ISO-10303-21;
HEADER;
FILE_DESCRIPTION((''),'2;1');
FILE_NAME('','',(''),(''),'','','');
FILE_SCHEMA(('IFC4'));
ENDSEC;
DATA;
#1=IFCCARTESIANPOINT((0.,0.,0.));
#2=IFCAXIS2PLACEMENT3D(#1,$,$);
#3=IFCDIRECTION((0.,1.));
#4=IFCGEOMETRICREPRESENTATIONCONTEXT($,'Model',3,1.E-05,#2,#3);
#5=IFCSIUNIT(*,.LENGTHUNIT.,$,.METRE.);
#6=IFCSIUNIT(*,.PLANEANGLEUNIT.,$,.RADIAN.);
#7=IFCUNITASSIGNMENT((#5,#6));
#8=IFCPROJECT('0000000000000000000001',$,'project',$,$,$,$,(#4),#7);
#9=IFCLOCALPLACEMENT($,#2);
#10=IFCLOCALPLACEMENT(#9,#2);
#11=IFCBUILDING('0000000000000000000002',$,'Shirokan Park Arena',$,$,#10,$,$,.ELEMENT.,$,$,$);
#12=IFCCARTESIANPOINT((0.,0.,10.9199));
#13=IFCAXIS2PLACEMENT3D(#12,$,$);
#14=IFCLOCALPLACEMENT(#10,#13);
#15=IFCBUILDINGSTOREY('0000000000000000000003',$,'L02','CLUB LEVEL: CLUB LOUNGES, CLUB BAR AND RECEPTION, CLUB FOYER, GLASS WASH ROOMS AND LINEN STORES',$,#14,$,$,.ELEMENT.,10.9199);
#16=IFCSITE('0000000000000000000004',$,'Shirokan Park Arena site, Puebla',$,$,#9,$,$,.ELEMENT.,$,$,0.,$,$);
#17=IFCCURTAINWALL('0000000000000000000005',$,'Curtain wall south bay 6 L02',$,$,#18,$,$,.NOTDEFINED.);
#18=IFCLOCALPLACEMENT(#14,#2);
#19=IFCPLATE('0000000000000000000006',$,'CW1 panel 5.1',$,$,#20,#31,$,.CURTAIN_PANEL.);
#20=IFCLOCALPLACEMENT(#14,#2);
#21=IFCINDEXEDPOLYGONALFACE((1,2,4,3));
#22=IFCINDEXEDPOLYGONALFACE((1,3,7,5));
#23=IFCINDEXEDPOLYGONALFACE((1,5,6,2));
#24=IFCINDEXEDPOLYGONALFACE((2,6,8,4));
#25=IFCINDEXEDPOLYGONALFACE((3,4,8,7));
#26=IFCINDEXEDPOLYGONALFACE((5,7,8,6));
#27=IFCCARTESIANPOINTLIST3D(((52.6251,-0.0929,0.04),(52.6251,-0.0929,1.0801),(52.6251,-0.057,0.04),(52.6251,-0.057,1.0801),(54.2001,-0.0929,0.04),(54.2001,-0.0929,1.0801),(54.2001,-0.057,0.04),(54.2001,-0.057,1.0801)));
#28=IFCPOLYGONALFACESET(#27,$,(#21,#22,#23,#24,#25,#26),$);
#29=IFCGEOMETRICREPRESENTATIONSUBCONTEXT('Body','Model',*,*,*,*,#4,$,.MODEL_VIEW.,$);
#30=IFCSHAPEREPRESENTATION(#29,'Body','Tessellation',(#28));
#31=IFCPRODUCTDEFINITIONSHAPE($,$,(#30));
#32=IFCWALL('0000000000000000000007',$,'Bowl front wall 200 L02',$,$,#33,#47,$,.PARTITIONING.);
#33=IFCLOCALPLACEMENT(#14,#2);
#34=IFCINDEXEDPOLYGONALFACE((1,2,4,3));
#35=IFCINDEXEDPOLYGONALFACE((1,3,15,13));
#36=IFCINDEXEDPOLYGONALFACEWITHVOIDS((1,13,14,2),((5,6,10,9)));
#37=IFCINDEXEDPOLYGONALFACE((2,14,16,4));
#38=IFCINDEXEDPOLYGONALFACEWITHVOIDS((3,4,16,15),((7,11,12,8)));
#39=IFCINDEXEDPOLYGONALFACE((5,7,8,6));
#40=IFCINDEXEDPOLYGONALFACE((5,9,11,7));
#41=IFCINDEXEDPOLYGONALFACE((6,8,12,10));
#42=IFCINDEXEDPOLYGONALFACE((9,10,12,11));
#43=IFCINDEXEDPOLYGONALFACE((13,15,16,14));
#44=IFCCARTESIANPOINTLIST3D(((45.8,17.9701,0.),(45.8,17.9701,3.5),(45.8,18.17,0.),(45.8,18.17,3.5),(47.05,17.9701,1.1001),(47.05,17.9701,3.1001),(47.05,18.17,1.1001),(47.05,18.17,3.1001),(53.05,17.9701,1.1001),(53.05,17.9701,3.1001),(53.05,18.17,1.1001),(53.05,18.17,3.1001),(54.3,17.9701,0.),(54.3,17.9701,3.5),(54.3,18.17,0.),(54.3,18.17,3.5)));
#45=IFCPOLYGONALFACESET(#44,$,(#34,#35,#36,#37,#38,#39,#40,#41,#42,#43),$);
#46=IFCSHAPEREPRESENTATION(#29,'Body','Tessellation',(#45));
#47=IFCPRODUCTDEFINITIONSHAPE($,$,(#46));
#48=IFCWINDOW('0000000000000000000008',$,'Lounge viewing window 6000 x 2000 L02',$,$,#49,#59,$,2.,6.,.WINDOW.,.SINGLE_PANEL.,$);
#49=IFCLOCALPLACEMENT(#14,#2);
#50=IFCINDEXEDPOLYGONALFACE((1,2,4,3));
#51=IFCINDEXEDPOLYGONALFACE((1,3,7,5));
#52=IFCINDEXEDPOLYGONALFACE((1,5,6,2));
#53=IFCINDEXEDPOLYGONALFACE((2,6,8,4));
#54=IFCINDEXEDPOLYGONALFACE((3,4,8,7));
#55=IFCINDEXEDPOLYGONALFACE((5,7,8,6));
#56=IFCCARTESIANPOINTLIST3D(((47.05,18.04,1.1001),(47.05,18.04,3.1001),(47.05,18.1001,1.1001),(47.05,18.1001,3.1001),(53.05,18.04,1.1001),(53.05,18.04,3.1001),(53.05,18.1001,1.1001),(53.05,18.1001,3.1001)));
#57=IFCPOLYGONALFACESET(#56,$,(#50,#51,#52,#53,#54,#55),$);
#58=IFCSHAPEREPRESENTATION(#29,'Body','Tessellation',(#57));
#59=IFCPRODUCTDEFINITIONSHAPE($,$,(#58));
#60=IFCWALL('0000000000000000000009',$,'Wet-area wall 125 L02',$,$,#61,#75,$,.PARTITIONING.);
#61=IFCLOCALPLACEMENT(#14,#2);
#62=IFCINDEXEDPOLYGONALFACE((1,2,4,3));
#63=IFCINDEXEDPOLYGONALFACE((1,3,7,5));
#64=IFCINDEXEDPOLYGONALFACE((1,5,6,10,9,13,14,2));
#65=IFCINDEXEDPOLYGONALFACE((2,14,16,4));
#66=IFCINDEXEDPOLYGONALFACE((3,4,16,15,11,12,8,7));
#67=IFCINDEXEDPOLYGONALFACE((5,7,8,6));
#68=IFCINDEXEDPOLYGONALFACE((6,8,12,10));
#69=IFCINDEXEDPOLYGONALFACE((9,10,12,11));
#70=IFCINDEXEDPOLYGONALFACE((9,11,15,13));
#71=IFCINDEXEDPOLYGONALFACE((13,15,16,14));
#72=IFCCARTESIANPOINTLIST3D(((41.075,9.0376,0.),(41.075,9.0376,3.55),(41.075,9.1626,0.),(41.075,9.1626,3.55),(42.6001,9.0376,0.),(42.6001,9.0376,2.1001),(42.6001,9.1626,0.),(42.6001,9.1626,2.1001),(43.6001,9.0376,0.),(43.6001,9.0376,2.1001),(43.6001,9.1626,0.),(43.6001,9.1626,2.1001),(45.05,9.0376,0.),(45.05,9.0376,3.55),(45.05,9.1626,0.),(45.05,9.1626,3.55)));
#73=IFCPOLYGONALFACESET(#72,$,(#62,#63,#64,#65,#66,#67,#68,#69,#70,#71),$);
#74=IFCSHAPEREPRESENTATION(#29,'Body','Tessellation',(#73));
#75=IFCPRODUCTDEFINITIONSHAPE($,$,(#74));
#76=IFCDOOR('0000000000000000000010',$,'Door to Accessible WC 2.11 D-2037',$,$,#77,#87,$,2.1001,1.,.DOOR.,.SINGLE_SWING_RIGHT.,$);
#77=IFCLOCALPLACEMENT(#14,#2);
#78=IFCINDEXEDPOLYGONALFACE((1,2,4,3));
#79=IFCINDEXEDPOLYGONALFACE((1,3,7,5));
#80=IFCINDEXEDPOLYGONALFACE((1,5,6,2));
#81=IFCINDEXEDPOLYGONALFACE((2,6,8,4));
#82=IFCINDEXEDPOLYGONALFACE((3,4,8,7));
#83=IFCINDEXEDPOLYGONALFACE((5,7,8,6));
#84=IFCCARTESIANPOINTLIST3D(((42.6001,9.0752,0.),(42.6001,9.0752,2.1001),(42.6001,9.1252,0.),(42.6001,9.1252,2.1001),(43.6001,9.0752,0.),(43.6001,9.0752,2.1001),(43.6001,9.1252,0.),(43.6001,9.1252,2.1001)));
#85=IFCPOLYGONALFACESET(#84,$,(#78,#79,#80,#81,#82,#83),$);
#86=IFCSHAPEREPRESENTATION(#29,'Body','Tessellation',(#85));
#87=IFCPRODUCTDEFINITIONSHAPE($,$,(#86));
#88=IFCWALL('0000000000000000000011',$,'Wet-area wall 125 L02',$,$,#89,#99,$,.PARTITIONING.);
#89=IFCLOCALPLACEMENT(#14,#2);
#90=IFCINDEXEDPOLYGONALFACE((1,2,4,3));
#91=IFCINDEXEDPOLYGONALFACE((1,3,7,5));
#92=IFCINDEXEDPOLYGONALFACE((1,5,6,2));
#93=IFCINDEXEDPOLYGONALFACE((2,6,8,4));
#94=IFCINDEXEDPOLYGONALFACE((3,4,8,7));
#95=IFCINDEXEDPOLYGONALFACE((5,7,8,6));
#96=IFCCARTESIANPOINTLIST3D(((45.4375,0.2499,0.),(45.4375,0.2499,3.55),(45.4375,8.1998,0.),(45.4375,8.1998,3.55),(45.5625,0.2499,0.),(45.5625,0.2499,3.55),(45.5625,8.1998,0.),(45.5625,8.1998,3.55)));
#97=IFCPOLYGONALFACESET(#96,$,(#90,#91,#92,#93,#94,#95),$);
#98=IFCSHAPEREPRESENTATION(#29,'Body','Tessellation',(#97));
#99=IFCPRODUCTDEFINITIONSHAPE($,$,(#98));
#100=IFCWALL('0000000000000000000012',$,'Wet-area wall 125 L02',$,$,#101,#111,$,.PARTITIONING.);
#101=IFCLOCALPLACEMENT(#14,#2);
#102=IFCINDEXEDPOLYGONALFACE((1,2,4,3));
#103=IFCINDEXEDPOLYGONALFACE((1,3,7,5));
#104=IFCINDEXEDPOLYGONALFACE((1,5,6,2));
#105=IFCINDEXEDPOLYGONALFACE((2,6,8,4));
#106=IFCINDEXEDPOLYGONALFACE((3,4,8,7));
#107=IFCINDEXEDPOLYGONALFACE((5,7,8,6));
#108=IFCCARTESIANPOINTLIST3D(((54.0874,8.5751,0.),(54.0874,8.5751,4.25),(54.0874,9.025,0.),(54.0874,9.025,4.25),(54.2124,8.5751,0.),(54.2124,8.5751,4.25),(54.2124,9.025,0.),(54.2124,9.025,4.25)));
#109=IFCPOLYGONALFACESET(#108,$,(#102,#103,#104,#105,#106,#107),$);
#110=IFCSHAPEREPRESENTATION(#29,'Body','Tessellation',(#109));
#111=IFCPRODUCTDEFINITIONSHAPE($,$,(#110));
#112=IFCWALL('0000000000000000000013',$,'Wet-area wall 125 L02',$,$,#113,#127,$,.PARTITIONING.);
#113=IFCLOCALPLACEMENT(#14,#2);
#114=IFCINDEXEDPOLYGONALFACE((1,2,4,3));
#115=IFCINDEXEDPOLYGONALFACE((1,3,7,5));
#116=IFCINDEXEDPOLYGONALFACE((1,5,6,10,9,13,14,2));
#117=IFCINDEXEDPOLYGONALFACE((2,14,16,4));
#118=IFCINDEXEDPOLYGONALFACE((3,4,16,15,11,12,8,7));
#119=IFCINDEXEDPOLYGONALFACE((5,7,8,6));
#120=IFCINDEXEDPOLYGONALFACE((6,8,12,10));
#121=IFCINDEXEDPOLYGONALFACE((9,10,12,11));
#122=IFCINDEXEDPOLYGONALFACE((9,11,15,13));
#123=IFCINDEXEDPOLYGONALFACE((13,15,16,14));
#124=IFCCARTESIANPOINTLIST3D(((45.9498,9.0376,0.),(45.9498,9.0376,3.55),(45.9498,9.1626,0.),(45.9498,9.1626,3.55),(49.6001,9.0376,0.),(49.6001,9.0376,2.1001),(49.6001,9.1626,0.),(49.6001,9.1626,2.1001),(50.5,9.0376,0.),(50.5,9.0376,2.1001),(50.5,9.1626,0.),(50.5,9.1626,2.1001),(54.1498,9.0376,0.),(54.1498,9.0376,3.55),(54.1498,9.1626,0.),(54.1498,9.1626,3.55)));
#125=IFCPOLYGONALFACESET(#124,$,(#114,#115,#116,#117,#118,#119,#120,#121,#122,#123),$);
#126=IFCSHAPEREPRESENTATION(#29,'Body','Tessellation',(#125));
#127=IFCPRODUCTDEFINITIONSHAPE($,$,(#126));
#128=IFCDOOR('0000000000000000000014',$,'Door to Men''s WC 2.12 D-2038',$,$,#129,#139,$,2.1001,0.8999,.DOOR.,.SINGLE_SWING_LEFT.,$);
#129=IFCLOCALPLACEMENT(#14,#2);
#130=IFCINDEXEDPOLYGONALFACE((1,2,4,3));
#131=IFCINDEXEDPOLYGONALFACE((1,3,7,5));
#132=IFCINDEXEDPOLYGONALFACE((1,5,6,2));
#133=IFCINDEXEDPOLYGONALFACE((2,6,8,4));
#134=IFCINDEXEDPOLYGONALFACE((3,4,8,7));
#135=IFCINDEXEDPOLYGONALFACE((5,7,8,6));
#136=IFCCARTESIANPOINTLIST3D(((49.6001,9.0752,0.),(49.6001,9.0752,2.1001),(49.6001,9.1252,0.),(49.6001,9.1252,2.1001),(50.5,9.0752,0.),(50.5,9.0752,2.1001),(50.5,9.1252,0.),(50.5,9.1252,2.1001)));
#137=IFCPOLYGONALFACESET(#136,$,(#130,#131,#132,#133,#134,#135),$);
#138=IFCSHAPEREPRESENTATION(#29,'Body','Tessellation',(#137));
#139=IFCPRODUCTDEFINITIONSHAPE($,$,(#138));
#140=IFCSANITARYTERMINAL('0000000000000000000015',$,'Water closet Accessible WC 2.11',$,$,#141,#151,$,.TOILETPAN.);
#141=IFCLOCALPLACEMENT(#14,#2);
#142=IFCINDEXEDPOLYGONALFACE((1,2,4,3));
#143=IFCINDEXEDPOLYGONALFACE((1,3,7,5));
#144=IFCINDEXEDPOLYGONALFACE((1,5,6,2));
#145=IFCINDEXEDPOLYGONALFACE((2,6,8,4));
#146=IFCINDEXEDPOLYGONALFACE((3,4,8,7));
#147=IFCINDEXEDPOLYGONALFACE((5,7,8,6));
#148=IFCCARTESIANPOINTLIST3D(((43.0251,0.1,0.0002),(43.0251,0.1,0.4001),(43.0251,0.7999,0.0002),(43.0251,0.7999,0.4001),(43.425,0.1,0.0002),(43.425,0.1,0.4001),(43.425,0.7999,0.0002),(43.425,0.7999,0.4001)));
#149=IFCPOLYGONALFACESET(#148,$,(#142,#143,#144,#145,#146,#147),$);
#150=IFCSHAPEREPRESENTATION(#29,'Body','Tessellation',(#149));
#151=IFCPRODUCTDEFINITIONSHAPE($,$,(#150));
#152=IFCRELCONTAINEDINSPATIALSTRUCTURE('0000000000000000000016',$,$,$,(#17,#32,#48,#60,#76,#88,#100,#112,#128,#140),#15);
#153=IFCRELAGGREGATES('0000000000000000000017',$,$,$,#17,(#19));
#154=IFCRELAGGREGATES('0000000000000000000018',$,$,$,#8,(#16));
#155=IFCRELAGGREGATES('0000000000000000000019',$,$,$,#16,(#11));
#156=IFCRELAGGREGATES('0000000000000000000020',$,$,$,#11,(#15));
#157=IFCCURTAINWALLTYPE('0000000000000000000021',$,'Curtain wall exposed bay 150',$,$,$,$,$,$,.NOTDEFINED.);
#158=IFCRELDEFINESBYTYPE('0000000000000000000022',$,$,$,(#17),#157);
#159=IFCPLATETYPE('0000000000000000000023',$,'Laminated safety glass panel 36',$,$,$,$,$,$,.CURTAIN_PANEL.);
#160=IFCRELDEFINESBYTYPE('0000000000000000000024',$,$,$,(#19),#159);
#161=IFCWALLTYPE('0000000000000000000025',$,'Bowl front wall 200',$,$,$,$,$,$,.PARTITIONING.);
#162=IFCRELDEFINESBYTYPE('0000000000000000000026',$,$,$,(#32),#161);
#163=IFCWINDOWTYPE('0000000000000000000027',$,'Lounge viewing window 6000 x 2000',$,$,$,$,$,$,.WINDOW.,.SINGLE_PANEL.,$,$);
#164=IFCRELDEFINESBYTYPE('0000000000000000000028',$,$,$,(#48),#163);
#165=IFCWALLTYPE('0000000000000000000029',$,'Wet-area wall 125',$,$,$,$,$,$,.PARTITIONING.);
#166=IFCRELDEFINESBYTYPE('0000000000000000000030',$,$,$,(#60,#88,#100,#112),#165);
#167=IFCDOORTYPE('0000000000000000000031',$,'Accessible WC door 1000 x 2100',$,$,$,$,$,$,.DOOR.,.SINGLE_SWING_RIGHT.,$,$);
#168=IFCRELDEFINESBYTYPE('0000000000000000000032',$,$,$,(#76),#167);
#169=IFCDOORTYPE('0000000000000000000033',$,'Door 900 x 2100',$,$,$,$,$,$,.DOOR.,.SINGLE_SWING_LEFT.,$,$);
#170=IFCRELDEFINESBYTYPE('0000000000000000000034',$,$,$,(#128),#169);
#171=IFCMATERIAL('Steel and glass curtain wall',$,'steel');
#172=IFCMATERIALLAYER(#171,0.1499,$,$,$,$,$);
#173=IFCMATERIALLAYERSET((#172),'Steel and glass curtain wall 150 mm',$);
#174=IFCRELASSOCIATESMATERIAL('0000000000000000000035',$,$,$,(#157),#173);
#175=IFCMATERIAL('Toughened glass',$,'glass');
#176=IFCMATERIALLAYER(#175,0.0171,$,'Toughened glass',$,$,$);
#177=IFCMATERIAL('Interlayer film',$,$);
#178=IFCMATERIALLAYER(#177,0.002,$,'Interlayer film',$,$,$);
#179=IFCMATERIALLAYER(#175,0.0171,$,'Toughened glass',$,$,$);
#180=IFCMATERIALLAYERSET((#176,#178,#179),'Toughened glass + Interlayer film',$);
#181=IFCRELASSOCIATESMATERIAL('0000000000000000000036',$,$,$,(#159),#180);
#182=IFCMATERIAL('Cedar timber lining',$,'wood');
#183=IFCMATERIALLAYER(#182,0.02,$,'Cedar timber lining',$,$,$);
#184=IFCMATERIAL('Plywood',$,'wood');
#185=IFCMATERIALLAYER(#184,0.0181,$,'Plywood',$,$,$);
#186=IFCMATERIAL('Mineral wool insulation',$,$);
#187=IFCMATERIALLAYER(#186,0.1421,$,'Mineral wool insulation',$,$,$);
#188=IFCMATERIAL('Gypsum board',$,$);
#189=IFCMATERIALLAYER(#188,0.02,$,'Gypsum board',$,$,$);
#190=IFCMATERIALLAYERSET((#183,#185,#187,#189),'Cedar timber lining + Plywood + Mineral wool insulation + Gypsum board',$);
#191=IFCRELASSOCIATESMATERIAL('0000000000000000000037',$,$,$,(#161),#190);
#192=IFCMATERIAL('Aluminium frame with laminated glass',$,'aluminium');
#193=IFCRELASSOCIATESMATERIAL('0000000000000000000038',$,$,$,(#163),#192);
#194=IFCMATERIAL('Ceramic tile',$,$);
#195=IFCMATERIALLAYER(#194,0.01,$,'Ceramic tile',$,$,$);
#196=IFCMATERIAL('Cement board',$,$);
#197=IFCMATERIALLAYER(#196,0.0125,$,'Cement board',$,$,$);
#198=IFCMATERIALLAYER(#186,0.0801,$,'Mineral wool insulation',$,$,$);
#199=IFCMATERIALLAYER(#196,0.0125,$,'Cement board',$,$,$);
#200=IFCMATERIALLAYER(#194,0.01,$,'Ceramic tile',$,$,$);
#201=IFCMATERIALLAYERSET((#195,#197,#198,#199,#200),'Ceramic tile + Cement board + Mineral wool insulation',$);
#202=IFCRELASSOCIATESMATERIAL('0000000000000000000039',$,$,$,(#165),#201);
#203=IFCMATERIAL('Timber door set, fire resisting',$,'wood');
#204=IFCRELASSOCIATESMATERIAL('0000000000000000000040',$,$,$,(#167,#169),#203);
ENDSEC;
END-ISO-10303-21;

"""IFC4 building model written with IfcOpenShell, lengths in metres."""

from ifc_helpers import new_model, si_unit, direction, frame, frame_2d, origin, origin_2d, place, context, subcontext, project, spatial, rectangle, extrude, material, layer, layer_set, type_object, element, fill, aggregate, save


model = new_model("IFC4")

# Units and contexts
model_context = context("Model", 3, precision=1e-05, world=origin(), true_north=direction((0.0, 1.0)))
body_context = subcontext(model_context, "Body", "Model", "MODEL_VIEW")
ifc_project = project(units=[si_unit("LENGTHUNIT", "METRE"), si_unit("PLANEANGLEUNIT", "RADIAN")], contexts=[model_context])

# Site, building, storey
site_placement = place(None, origin())
site = spatial("IfcSite", under=ifc_project, at=site_placement, Name="Shirokan Park Arena site, Puebla", CompositionType="ELEMENT", RefElevation=0.0)
building_placement = place(site_placement, origin())
building = spatial("IfcBuilding", under=site, at=building_placement, Name="Shirokan Park Arena", CompositionType="ELEMENT")
storey_placement = place(building_placement, frame((0.0, 0.0, 10.9199)))
storey = spatial("IfcBuildingStorey", under=building, at=storey_placement, Name="L02", Description="CLUB LEVEL: CLUB LOUNGES, CLUB BAR AND RECEPTION, CLUB FOYER, GLASS WASH ROOMS AND LINEN STORES", CompositionType="ELEMENT", Elevation=10.9199)

# Curtain wall
ifc_material_1 = material(Name="Steel and glass curtain wall", Category="steel")
ifc_layer_1 = layer(ifc_material_1, 0.1499)
ifc_layer_set_1 = layer_set([ifc_layer_1], Name="Steel and glass curtain wall 150 mm")
curtain_wall_type = type_object("IfcCurtainWallType", Name="Curtain wall exposed bay 150", PredefinedType="NOTDEFINED", material=ifc_layer_set_1)
curtain_wall_placement = place(storey_placement, origin())
curtain_wall = element("IfcCurtainWall", 1, at=curtain_wall_placement, inside=storey, type_object=curtain_wall_type, Name="Curtain wall south bay 6 L02", PredefinedType="NOTDEFINED")

# Plate
ifc_material_2 = material(Name="Mineral wool insulation")
ifc_material_3 = material(Name="Toughened glass", Category="glass")
ifc_material_4 = material(Name="Interlayer film")
ifc_layer_2 = layer(ifc_material_3, 0.0171, Name="Toughened glass")
ifc_layer_3 = layer(ifc_material_4, 0.002, Name="Interlayer film")
ifc_layer_4 = layer(ifc_material_3, 0.0171, Name="Toughened glass")
ifc_layer_set_2 = layer_set([ifc_layer_2, ifc_layer_3, ifc_layer_4], Name="Toughened glass + Interlayer film")
plate_type_1 = type_object("IfcPlateType", Name="Laminated safety glass panel 36", PredefinedType="CURTAIN_PANEL", material=ifc_layer_set_2)
plate_1_placement = place(storey_placement, frame((53.4126, -0.075, 0.04), z_axis=(0.0, 0.0, 1.0), x_axis=(1.0, 0.0, 0.0)))
plate_1 = element("IfcPlate", 2, at=plate_1_placement, type_object=plate_type_1, Name="CW1 panel 5.1", PredefinedType="CURTAIN_PANEL", context=body_context, shape_type="SweptSolid", body=[
    extrude(rectangle(XDim=1.575, YDim=0.0359, at=origin_2d()), origin(), (0.0, 0.0, 1.0), 1.04),
])
aggregate(curtain_wall, [plate_1])

# Wall, opening, window
ifc_material_5 = material(Name="Cedar timber lining", Category="wood")
ifc_layer_5 = layer(ifc_material_5, 0.02, Name="Cedar timber lining")
ifc_material_6 = material(Name="Plywood", Category="wood")
ifc_layer_6 = layer(ifc_material_6, 0.0181, Name="Plywood")
ifc_layer_7 = layer(ifc_material_2, 0.1421, Name="Mineral wool insulation")
ifc_material_7 = material(Name="Gypsum board")
ifc_layer_8 = layer(ifc_material_7, 0.02, Name="Gypsum board")
ifc_layer_set_3 = layer_set([ifc_layer_5, ifc_layer_6, ifc_layer_7, ifc_layer_8], Name="Cedar timber lining + Plywood + Mineral wool insulation + Gypsum board")
wall_type_1 = type_object("IfcWallType", Name="Bowl front wall 200", PredefinedType="PARTITIONING", material=ifc_layer_set_3)
wall_1_placement = place(storey_placement, frame((45.8, 18.0701, 0.0), z_axis=(0.0, 0.0, 1.0), x_axis=(1.0, 0.0, 0.0)))
wall_1 = element("IfcWall", 3, at=wall_1_placement, inside=storey, type_object=wall_type_1, Name="Bowl front wall 200 L02", PredefinedType="PARTITIONING", context=body_context, shape_type="SweptSolid", body=[
    extrude(rectangle(XDim=8.5, YDim=0.2, at=frame_2d((4.25, 0.0))), origin(), (0.0, 0.0, 1.0), 3.5),
])
opening_1_placement = place(wall_1_placement, frame((1.25, 0.0, 1.1001)))
opening_1 = element("IfcOpeningElement", 4, at=opening_1_placement, cuts=wall_1, PredefinedType="OPENING", context=body_context, shape_type="SweptSolid", body=[
    extrude(rectangle(XDim=6.0, YDim=2.0, at=frame_2d((3.0, 1.0))), frame((0.0, 0.1099, 0.0), z_axis=(0.0, -1.0, 0.0), x_axis=(1.0, 0.0, 0.0)), (0.0, 0.0, 1.0), 0.22),
])
ifc_material_8 = material(Name="Aluminium frame with laminated glass", Category="aluminium")
window_type = type_object("IfcWindowType", Name="Lounge viewing window 6000 x 2000", PartitioningType="SINGLE_PANEL", PredefinedType="WINDOW", material=ifc_material_8)
window_placement = place(opening_1_placement, origin())
window = element("IfcWindow", 5, at=window_placement, inside=storey, type_object=window_type, Name="Lounge viewing window 6000 x 2000 L02", OverallHeight=2.0, OverallWidth=6.0, PartitioningType="SINGLE_PANEL", PredefinedType="WINDOW", context=body_context, shape_type="SweptSolid", body=[
    extrude(rectangle(XDim=6.0, YDim=2.0, at=frame_2d((3.0, 1.0))), frame((0.0, 0.03, 0.0), z_axis=(0.0, -1.0, 0.0), x_axis=(1.0, 0.0, 0.0)), (0.0, 0.0, 1.0), 0.0601),
])
fill(opening_1, window)

# Wall, opening, door
ifc_material_9 = material(Name="Ceramic tile")
ifc_layer_9 = layer(ifc_material_9, 0.01, Name="Ceramic tile")
ifc_material_10 = material(Name="Cement board")
ifc_layer_10 = layer(ifc_material_10, 0.0125, Name="Cement board")
ifc_layer_11 = layer(ifc_material_2, 0.0801, Name="Mineral wool insulation")
ifc_layer_12 = layer(ifc_material_10, 0.0125, Name="Cement board")
ifc_layer_13 = layer(ifc_material_9, 0.01, Name="Ceramic tile")
ifc_layer_set_4 = layer_set([ifc_layer_9, ifc_layer_10, ifc_layer_11, ifc_layer_12, ifc_layer_13], Name="Ceramic tile + Cement board + Mineral wool insulation")
wall_type_2 = type_object("IfcWallType", Name="Wet-area wall 125", PredefinedType="PARTITIONING", material=ifc_layer_set_4)
wall_2_placement = place(storey_placement, frame((45.05, 9.1001, 0.0), z_axis=(0.0, 0.0, 1.0), x_axis=(-1.0, 0.0, 0.0)))
wall_2 = element("IfcWall", 6, at=wall_2_placement, inside=storey, type_object=wall_type_2, Name="Wet-area wall 125 L02", PredefinedType="PARTITIONING", context=body_context, shape_type="SweptSolid", body=[
    extrude(rectangle(XDim=3.9751, YDim=0.125, at=frame_2d((1.9875, 0.0))), origin(), (0.0, 0.0, 1.0), 3.55),
])
opening_2_placement = place(wall_2_placement, frame((1.45, 0.0, 0.0)))
opening_2 = element("IfcOpeningElement", 7, at=opening_2_placement, cuts=wall_2, PredefinedType="OPENING", context=body_context, shape_type="SweptSolid", body=[
    extrude(rectangle(XDim=1.0, YDim=2.1001, at=frame_2d((0.5, 1.05))), frame((0.0, 0.0725, 0.0), z_axis=(0.0, -1.0, 0.0), x_axis=(1.0, 0.0, 0.0)), (0.0, 0.0, 1.0), 0.145),
])
ifc_material_11 = material(Name="Timber door set, fire resisting", Category="wood")
door_type_1 = type_object("IfcDoorType", Name="Accessible WC door 1000 x 2100", OperationType="SINGLE_SWING_RIGHT", PredefinedType="DOOR", material=ifc_material_11)
door_1_placement = place(opening_2_placement, origin())
door_1 = element("IfcDoor", 8, at=door_1_placement, inside=storey, type_object=door_type_1, Name="Door to Accessible WC 2.11 D-2037", OperationType="SINGLE_SWING_RIGHT", OverallHeight=2.1001, OverallWidth=1.0, PredefinedType="DOOR", context=body_context, shape_type="SweptSolid", body=[
    extrude(rectangle(XDim=1.0, YDim=2.1001, at=frame_2d((0.5, 1.05))), frame((0.0, 0.0249, 0.0), z_axis=(0.0, -1.0, 0.0), x_axis=(1.0, 0.0, 0.0)), (0.0, 0.0, 1.0), 0.05),
])
fill(opening_2, door_1)

# Walls
wall_3_placement = place(storey_placement, frame((45.5, 8.2, 0.0), z_axis=(0.0, 0.0, 1.0), x_axis=(0.0, -1.0, 0.0)))
element("IfcWall", 9, at=wall_3_placement, inside=storey, type_object=wall_type_2, Name="Wet-area wall 125 L02", PredefinedType="PARTITIONING", context=body_context, shape_type="SweptSolid", body=[
    extrude(rectangle(XDim=7.95, YDim=0.125, at=frame_2d((3.9751, 0.0))), origin(), (0.0, 0.0, 1.0), 3.55),
])
wall_4_placement = place(storey_placement, frame((54.1499, 8.575, 0.0), z_axis=(0.0, 0.0, 1.0), x_axis=(0.0, 1.0, 0.0)))
element("IfcWall", 10, at=wall_4_placement, inside=storey, type_object=wall_type_2, Name="Wet-area wall 125 L02", PredefinedType="PARTITIONING", context=body_context, shape_type="SweptSolid", body=[
    extrude(rectangle(XDim=0.45, YDim=0.125, at=frame_2d((0.2251, 0.0))), origin(), (0.0, 0.0, 1.0), 4.25),
])

# Wall, opening, door
wall_5_placement = place(storey_placement, frame((54.1499, 9.1001, 0.0), z_axis=(0.0, 0.0, 1.0), x_axis=(-1.0, 0.0, 0.0)))
wall_5 = element("IfcWall", 11, at=wall_5_placement, inside=storey, type_object=wall_type_2, Name="Wet-area wall 125 L02", PredefinedType="PARTITIONING", context=body_context, shape_type="SweptSolid", body=[
    extrude(rectangle(XDim=8.2, YDim=0.125, at=frame_2d((4.1001, 0.0))), origin(), (0.0, 0.0, 1.0), 3.55),
])
opening_3_placement = place(wall_5_placement, frame((3.6499, 0.0, 0.0)))
opening_3 = element("IfcOpeningElement", 12, at=opening_3_placement, cuts=wall_5, PredefinedType="OPENING", context=body_context, shape_type="SweptSolid", body=[
    extrude(rectangle(XDim=0.8999, YDim=2.1001, at=frame_2d((0.45, 1.05))), frame((0.0, 0.0725, 0.0), z_axis=(0.0, -1.0, 0.0), x_axis=(1.0, 0.0, 0.0)), (0.0, 0.0, 1.0), 0.145),
])
door_type_2 = type_object("IfcDoorType", Name="Door 900 x 2100", OperationType="SINGLE_SWING_LEFT", PredefinedType="DOOR", material=ifc_material_11)
door_2_placement = place(opening_3_placement, origin())
door_2 = element("IfcDoor", 13, at=door_2_placement, inside=storey, type_object=door_type_2, Name="Door to Men's WC 2.12 D-2038", OperationType="SINGLE_SWING_LEFT", OverallHeight=2.1001, OverallWidth=0.8999, PredefinedType="DOOR", context=body_context, shape_type="SweptSolid", body=[
    extrude(rectangle(XDim=0.8999, YDim=2.1001, at=frame_2d((0.45, 1.05))), frame((0.0, 0.0249, 0.0), z_axis=(0.0, -1.0, 0.0), x_axis=(1.0, 0.0, 0.0)), (0.0, 0.0, 1.0), 0.05),
])
fill(opening_3, door_2)

# Sanitary terminal
sanitary_terminal_placement = place(storey_placement, frame((43.2251, 0.45, 0.0002), z_axis=(0.0, 0.0, 1.0), x_axis=(1.0, 0.0, 0.0)))
element("IfcSanitaryTerminal", 14, at=sanitary_terminal_placement, inside=storey, Name="Water closet Accessible WC 2.11", PredefinedType="TOILETPAN", context=body_context, shape_type="SweptSolid", body=[
    extrude(rectangle(XDim=0.3999, YDim=0.7, at=origin_2d()), origin(), (0.0, 0.0, 1.0), 0.3999),
])

save(model, "model.ifc")
